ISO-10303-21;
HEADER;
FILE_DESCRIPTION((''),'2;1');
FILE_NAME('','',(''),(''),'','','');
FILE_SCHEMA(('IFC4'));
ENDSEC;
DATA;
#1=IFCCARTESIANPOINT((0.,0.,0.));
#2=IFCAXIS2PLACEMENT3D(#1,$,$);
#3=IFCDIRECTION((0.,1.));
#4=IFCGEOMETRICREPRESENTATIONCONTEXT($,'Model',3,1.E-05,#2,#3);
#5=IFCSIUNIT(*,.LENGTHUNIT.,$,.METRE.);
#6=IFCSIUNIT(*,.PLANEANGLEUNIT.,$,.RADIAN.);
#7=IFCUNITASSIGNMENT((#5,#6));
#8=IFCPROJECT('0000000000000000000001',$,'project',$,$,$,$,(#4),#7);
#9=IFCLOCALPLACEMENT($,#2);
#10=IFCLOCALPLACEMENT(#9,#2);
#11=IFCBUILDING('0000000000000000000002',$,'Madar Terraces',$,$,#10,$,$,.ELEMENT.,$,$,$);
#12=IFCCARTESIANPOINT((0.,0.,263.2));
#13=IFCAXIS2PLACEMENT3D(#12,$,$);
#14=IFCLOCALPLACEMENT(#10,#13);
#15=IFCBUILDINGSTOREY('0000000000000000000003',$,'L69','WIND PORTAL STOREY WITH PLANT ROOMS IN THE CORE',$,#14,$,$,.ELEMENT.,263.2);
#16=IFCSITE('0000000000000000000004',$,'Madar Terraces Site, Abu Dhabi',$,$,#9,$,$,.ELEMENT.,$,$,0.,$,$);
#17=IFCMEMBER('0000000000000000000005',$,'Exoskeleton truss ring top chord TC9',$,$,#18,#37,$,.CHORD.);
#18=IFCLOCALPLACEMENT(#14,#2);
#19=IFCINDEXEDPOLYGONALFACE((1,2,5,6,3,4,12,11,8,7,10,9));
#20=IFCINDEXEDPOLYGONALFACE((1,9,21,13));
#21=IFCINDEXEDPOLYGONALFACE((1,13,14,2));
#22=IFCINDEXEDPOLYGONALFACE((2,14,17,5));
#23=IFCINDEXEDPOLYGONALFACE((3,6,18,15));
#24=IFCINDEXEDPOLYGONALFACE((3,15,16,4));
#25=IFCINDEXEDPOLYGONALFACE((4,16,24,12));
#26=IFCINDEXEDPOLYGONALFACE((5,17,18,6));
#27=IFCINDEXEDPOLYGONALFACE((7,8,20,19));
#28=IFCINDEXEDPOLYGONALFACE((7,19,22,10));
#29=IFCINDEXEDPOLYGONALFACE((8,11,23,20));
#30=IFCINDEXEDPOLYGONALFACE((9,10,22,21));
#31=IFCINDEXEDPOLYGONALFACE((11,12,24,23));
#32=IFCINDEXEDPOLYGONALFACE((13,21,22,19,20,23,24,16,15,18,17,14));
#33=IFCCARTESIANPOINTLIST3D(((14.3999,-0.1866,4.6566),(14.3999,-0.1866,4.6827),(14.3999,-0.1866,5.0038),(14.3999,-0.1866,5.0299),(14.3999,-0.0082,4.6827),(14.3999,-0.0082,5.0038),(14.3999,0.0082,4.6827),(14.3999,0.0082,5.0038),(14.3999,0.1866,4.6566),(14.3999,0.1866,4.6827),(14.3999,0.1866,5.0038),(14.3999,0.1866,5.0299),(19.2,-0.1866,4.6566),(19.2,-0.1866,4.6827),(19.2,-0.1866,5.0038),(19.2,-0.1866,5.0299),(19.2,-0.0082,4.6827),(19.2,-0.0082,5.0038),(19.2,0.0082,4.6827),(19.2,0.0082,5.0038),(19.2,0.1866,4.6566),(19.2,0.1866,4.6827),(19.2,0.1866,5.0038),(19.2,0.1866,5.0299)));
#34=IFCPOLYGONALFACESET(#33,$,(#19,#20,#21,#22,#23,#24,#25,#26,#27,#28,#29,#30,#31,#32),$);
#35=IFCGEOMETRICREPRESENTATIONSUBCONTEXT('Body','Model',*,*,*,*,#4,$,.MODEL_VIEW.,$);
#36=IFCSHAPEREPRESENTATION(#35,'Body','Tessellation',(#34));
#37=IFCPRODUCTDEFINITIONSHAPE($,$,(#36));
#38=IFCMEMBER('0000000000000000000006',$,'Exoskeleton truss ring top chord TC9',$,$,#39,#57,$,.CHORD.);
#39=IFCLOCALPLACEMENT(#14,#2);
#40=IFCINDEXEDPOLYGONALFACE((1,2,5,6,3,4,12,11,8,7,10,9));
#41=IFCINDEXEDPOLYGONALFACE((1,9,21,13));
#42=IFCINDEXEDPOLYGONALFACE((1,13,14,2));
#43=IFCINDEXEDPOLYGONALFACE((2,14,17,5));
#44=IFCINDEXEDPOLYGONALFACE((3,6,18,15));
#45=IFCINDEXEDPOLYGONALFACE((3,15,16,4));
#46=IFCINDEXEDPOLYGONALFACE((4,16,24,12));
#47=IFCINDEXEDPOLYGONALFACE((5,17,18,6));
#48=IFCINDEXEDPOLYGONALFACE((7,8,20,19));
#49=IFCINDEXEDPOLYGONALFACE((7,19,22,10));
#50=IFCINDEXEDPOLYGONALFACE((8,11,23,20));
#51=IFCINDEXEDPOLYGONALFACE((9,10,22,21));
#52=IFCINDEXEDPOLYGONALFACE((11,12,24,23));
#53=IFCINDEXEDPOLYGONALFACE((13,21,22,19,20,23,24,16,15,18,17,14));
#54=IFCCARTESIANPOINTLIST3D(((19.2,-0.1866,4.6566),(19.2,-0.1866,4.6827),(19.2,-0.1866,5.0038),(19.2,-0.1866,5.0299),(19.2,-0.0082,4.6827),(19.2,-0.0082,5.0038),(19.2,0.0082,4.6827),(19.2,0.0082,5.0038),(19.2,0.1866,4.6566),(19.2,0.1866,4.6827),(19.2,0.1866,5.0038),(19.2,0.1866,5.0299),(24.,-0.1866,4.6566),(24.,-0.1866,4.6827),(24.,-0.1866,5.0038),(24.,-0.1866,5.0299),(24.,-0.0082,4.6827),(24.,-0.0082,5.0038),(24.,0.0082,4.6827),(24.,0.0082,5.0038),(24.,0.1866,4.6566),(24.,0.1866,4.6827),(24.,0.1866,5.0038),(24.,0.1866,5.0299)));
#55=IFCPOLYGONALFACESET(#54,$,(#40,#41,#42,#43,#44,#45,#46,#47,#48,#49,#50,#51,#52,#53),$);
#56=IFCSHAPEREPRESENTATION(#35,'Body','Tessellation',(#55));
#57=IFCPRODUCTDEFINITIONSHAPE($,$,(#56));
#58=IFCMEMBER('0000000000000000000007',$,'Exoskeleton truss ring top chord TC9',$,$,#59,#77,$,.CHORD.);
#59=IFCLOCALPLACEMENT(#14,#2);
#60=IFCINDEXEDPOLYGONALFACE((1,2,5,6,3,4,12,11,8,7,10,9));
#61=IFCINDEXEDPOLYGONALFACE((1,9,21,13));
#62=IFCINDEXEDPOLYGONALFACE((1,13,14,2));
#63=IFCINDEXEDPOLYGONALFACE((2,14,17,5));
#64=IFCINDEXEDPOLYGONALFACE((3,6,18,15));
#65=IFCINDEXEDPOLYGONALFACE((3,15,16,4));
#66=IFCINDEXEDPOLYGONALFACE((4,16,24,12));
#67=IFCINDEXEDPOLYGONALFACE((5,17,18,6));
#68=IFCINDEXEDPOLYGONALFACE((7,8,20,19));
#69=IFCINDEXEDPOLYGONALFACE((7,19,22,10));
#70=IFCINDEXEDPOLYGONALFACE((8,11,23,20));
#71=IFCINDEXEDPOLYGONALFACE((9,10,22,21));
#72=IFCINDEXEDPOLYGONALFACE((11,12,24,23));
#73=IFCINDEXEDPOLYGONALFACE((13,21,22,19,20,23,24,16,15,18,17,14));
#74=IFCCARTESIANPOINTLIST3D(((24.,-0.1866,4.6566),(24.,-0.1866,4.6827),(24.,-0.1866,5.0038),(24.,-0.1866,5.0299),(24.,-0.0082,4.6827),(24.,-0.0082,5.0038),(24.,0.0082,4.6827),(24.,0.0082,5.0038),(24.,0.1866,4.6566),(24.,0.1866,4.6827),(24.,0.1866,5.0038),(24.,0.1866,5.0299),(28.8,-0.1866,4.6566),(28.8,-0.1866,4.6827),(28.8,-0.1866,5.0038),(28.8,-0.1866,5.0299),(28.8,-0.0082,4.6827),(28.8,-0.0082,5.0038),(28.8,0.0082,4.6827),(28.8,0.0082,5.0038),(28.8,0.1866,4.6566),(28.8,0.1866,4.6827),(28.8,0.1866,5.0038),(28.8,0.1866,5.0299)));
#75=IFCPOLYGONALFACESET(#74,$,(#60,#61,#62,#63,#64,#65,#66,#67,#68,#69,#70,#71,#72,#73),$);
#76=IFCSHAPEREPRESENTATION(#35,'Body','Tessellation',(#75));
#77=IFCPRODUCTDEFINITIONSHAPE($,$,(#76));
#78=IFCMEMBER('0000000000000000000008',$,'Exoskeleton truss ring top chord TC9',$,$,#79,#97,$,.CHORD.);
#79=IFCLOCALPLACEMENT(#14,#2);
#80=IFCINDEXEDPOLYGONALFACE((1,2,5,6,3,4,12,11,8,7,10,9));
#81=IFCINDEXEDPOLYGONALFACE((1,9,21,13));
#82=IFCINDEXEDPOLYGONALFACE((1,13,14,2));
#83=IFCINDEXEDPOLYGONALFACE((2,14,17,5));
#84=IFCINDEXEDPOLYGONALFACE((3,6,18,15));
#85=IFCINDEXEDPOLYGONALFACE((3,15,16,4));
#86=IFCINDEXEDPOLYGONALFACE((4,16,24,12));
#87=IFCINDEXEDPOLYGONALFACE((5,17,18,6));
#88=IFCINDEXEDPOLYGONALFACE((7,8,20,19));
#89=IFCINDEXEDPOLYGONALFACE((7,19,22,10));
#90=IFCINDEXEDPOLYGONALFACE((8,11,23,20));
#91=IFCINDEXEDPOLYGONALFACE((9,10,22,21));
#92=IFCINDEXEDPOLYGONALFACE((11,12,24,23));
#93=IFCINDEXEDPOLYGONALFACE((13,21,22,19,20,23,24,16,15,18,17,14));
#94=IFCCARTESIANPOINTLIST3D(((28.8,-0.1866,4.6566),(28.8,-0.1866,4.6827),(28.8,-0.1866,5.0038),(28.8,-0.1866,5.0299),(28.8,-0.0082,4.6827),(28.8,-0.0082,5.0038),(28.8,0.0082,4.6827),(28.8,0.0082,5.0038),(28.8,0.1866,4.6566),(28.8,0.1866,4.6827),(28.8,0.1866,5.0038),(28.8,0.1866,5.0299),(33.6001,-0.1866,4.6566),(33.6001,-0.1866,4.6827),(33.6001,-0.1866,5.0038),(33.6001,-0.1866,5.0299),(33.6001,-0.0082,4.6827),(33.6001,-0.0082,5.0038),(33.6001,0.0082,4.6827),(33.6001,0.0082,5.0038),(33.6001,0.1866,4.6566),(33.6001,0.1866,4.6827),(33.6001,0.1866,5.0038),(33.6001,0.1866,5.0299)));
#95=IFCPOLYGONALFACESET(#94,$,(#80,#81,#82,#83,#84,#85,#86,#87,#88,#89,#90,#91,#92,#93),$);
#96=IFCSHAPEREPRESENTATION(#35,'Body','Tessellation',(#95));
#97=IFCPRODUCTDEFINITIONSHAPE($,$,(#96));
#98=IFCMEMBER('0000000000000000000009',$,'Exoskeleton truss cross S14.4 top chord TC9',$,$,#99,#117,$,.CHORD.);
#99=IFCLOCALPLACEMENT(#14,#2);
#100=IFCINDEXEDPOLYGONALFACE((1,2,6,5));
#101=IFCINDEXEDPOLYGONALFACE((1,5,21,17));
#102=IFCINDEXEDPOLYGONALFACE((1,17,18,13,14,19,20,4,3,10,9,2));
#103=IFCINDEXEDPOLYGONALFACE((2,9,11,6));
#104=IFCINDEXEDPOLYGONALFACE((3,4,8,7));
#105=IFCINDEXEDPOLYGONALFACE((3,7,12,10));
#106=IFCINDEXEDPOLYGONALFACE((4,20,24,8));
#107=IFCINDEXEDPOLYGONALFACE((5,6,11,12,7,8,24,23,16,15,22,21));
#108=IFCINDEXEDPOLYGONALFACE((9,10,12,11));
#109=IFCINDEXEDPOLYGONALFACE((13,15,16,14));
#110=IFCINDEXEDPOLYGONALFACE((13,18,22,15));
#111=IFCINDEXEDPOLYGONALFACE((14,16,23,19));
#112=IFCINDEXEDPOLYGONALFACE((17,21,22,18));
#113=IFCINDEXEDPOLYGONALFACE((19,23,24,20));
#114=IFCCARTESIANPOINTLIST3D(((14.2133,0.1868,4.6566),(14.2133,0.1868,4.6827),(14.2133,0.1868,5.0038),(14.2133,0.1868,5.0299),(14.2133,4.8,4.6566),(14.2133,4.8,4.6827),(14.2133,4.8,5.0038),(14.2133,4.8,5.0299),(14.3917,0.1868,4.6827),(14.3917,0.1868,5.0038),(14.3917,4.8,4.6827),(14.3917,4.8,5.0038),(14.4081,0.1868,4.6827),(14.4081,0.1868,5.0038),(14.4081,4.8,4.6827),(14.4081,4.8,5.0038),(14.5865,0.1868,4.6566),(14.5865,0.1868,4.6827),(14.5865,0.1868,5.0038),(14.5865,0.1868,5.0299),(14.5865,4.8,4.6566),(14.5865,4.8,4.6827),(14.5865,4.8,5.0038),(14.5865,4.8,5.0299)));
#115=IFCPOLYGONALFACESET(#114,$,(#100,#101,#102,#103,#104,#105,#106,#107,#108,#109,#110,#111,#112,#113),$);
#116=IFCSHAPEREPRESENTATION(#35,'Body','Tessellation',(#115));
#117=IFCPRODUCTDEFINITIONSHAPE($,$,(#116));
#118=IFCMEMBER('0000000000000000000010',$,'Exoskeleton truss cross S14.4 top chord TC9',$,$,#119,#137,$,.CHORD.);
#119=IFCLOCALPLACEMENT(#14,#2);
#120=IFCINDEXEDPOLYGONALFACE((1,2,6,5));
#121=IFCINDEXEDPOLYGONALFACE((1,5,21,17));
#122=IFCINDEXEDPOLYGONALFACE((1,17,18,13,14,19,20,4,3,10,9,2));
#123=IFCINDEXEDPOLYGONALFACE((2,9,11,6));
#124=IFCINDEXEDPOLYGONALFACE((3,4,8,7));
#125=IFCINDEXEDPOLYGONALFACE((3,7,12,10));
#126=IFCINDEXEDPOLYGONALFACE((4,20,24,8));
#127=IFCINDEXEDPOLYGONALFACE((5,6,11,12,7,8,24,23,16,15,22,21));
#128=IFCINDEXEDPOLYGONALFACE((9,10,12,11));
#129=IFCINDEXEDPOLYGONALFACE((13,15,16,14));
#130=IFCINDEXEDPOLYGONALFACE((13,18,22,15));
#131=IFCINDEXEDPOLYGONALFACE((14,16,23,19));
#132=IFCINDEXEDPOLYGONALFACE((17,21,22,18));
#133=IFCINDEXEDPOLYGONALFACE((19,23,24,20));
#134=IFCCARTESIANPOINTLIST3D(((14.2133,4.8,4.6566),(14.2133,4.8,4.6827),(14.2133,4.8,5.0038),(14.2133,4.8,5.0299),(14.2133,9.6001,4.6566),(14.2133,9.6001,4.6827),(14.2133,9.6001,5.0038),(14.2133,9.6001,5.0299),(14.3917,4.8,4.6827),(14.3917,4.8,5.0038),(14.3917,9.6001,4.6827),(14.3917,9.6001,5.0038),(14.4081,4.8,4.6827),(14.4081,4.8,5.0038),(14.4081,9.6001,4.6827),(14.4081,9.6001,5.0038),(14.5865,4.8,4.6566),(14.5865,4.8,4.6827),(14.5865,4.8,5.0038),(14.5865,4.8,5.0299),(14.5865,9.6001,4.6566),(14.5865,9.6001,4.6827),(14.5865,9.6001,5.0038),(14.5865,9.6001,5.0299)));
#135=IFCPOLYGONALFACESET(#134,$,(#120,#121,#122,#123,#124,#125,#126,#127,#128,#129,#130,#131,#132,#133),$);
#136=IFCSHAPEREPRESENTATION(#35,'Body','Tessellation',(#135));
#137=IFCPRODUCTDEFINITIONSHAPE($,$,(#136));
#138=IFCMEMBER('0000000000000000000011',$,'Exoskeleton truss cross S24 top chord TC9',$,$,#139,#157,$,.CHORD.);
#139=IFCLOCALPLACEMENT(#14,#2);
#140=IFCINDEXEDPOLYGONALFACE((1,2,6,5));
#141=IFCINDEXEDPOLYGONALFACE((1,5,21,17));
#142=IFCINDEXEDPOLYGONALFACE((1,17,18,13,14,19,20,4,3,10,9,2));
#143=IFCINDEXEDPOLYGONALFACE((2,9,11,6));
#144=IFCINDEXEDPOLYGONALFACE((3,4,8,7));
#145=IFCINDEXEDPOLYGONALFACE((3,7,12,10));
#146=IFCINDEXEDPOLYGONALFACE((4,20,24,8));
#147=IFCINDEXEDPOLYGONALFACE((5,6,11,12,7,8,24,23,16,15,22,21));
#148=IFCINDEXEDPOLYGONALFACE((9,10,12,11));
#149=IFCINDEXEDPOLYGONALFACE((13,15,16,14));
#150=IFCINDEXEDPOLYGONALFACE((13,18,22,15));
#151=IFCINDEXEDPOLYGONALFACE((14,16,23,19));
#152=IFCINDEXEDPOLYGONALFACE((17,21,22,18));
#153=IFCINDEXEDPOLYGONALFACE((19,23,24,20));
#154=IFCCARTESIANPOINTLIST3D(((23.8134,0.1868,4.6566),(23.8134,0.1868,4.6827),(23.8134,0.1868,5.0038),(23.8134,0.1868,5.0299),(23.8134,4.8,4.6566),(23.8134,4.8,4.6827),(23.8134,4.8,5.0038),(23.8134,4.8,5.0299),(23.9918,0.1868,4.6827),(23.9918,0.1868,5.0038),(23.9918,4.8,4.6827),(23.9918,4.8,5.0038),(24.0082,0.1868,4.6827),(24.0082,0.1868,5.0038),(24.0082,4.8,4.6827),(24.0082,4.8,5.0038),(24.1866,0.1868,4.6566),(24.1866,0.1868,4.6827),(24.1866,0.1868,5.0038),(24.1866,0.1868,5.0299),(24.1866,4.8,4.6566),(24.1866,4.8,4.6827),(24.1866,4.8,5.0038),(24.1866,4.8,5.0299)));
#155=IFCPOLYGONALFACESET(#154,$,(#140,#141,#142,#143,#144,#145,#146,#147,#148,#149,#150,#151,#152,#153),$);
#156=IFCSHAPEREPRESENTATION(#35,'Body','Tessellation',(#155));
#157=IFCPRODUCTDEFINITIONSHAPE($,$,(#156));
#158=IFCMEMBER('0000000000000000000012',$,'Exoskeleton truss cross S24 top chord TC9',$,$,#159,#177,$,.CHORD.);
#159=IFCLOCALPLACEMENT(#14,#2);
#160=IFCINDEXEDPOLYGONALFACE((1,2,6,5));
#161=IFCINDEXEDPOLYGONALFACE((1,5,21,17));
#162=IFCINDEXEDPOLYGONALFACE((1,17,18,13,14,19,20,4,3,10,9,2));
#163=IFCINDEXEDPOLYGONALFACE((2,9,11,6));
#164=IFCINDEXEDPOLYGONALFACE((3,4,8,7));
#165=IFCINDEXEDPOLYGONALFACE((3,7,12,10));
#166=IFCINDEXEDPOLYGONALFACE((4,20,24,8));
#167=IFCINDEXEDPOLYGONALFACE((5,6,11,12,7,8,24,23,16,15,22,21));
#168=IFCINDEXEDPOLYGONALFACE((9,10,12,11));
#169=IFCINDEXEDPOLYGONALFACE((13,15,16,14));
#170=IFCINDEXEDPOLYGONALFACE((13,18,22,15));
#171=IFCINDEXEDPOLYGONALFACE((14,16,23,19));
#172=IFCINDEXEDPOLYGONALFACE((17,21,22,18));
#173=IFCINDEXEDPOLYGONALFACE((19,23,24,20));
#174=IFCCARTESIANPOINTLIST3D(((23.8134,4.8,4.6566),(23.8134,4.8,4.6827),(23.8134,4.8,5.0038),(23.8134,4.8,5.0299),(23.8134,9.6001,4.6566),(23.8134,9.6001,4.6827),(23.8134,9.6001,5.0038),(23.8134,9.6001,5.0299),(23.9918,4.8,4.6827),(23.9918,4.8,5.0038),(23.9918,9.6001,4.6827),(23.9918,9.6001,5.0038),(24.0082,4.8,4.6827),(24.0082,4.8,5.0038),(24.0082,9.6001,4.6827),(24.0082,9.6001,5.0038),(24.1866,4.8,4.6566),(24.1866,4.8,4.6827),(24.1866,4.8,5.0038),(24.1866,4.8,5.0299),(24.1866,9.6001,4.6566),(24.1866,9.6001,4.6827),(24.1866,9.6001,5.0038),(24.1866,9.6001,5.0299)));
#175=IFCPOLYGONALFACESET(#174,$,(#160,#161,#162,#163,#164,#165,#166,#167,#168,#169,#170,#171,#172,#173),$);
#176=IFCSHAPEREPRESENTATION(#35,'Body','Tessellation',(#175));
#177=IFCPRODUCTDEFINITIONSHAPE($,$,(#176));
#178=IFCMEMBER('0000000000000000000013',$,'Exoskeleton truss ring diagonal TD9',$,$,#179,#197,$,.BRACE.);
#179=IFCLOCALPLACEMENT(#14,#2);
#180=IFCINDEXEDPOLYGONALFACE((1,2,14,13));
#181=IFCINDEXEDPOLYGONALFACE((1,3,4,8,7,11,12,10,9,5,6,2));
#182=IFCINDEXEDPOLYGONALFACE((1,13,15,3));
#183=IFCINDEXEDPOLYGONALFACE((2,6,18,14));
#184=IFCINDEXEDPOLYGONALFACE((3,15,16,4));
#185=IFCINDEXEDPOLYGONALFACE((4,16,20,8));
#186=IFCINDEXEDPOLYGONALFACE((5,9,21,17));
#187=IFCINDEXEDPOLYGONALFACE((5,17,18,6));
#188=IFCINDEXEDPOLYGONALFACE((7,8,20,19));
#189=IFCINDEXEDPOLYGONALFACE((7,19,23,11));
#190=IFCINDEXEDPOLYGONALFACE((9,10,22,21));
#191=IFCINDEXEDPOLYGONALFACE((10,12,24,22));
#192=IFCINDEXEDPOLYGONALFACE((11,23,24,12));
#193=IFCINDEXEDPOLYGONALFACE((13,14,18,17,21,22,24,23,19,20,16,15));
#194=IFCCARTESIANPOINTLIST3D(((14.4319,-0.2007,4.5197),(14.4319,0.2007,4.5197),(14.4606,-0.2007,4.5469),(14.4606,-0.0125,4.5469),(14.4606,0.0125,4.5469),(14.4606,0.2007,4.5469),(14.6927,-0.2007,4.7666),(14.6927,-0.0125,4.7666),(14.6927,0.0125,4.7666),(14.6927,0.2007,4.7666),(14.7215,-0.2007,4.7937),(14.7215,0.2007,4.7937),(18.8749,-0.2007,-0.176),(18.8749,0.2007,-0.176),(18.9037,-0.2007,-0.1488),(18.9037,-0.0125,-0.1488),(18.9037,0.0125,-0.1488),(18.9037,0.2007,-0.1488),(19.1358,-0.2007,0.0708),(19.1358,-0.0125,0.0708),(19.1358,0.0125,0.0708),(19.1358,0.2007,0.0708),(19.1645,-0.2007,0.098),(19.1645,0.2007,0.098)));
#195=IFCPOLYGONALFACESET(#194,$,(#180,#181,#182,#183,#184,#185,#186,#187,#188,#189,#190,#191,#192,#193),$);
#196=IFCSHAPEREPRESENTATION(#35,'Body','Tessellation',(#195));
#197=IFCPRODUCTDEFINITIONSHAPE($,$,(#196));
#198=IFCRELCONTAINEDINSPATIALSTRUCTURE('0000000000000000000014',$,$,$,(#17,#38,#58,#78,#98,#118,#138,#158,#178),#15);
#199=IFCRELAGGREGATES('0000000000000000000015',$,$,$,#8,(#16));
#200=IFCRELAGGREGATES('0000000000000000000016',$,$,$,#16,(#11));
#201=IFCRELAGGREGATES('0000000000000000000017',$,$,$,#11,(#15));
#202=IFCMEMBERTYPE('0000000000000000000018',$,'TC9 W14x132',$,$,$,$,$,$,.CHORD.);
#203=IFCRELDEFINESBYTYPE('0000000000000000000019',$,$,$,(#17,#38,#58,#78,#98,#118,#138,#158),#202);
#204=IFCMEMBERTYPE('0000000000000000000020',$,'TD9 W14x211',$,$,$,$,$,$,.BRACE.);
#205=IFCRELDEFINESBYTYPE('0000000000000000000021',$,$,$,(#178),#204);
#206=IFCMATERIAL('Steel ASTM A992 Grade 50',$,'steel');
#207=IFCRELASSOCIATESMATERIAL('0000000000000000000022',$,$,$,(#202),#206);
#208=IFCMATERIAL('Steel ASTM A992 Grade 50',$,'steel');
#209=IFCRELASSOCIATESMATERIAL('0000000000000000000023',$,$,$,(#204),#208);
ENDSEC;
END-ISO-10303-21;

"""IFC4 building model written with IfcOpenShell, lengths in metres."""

from ifc_helpers import new_model, si_unit, direction, frame, origin, origin_2d, place, context, subcontext, project, spatial, i_section, extrude, material, material_profile, profile_set, type_object, element, save


model = new_model("IFC4")

# Units and contexts
model_context = context("Model", 3, precision=1e-05, world=origin(), true_north=direction((0.0, 1.0)))
body_context = subcontext(model_context, "Body", "Model", "MODEL_VIEW")
ifc_project = project(units=[si_unit("LENGTHUNIT", "METRE"), si_unit("PLANEANGLEUNIT", "RADIAN")], contexts=[model_context])

# Site, building, storey
site_placement = place(None, origin())
site = spatial("IfcSite", under=ifc_project, at=site_placement, Name="Madar Terraces Site, Abu Dhabi", CompositionType="ELEMENT", RefElevation=0.0)
building_placement = place(site_placement, origin())
building = spatial("IfcBuilding", under=site, at=building_placement, Name="Madar Terraces", CompositionType="ELEMENT")
storey_placement = place(building_placement, frame((0.0, 0.0, 263.2)))
storey = spatial("IfcBuildingStorey", under=building, at=storey_placement, Name="L69", Description="WIND PORTAL STOREY WITH PLANT ROOMS IN THE CORE", CompositionType="ELEMENT", Elevation=263.2)

# Members
ifc_material_1 = material(Name="Steel ASTM A992 Grade 50", Category="steel")
ifc_material_profile_1 = material_profile(ifc_material_1, i_section(OverallWidth=0.3733, OverallDepth=0.3733, WebThickness=0.0164, FlangeThickness=0.0261, at=origin_2d()), Name="W14x132")
ifc_profile_set_1 = profile_set([ifc_material_profile_1], Name="Steel ASTM A992 Grade 50")
member_type_1 = type_object("IfcMemberType", Name="TC9 W14x132", PredefinedType="CHORD", material=ifc_profile_set_1)
for number, where, z_axis, x_axis, name in (
    (1, (14.3999, 0.0, 4.8433), (1.0, 0.0, 0.0), (0.0, 1.0, 0.0), "Exoskeleton truss ring top chord TC9"),
    (2, (19.2, 0.0, 4.8433), (1.0, 0.0, 0.0), (0.0, 1.0, 0.0), "Exoskeleton truss ring top chord TC9"),
    (3, (24.0, 0.0, 4.8433), (1.0, 0.0, 0.0), (0.0, 1.0, 0.0), "Exoskeleton truss ring top chord TC9"),
    (4, (28.8, 0.0, 4.8433), (1.0, 0.0, 0.0), (0.0, 1.0, 0.0), "Exoskeleton truss ring top chord TC9"),
):
    element("IfcMember", number, at=place(storey_placement, frame(where, z_axis=z_axis, x_axis=x_axis)), inside=storey, type_object=member_type_1, Name=name, PredefinedType="CHORD", context=body_context, shape_type="SweptSolid", body=[
        extrude(i_section(OverallWidth=0.3733, OverallDepth=0.3733, WebThickness=0.0164, FlangeThickness=0.0261, at=origin_2d()), origin(), (0.0, 0.0, 1.0), 4.8),
    ])
member_1_placement = place(storey_placement, frame((14.3999, 0.1868, 4.8433), z_axis=(0.0, 1.0, 0.0), x_axis=(-1.0, 0.0, 0.0)))
element("IfcMember", 5, at=member_1_placement, inside=storey, type_object=member_type_1, Name="Exoskeleton truss cross S14.4 top chord TC9", PredefinedType="CHORD", context=body_context, shape_type="SweptSolid", body=[
    extrude(i_section(OverallWidth=0.3733, OverallDepth=0.3733, WebThickness=0.0164, FlangeThickness=0.0261, at=origin_2d()), origin(), (0.0, 0.0, 1.0), 4.6133),
])
member_2_placement = place(storey_placement, frame((14.3999, 4.8, 4.8433), z_axis=(0.0, 1.0, 0.0), x_axis=(-1.0, 0.0, 0.0)))
element("IfcMember", 6, at=member_2_placement, inside=storey, type_object=member_type_1, Name="Exoskeleton truss cross S14.4 top chord TC9", PredefinedType="CHORD", context=body_context, shape_type="SweptSolid", body=[
    extrude(i_section(OverallWidth=0.3733, OverallDepth=0.3733, WebThickness=0.0164, FlangeThickness=0.0261, at=origin_2d()), origin(), (0.0, 0.0, 1.0), 4.8),
])
member_3_placement = place(storey_placement, frame((24.0, 0.1868, 4.8433), z_axis=(0.0, 1.0, 0.0), x_axis=(-1.0, 0.0, 0.0)))
element("IfcMember", 7, at=member_3_placement, inside=storey, type_object=member_type_1, Name="Exoskeleton truss cross S24 top chord TC9", PredefinedType="CHORD", context=body_context, shape_type="SweptSolid", body=[
    extrude(i_section(OverallWidth=0.3733, OverallDepth=0.3733, WebThickness=0.0164, FlangeThickness=0.0261, at=origin_2d()), origin(), (0.0, 0.0, 1.0), 4.6133),
])
member_4_placement = place(storey_placement, frame((24.0, 4.8, 4.8433), z_axis=(0.0, 1.0, 0.0), x_axis=(-1.0, 0.0, 0.0)))
element("IfcMember", 8, at=member_4_placement, inside=storey, type_object=member_type_1, Name="Exoskeleton truss cross S24 top chord TC9", PredefinedType="CHORD", context=body_context, shape_type="SweptSolid", body=[
    extrude(i_section(OverallWidth=0.3733, OverallDepth=0.3733, WebThickness=0.0164, FlangeThickness=0.0261, at=origin_2d()), origin(), (0.0, 0.0, 1.0), 4.8),
])
ifc_material_2 = material(Name="Steel ASTM A992 Grade 50", Category="steel")
ifc_material_profile_2 = material_profile(ifc_material_2, i_section(OverallWidth=0.4014, OverallDepth=0.3987, WebThickness=0.0249, FlangeThickness=0.0396, at=origin_2d()), Name="W14x211")
ifc_profile_set_2 = profile_set([ifc_material_profile_2], Name="Steel ASTM A992 Grade 50")
member_type_2 = type_object("IfcMemberType", Name="TD9 W14x211", PredefinedType="BRACE", material=ifc_profile_set_2)
for number, where, z_axis, x_axis, name in (
    (9, (14.5767, 0.0, 4.6567), (0.687293, 0.0, -0.72638), (0.0, 1.0, 0.0), "Exoskeleton truss ring diagonal TD9"),
):
    element("IfcMember", number, at=place(storey_placement, frame(where, z_axis=z_axis, x_axis=x_axis)), inside=storey, type_object=member_type_2, Name=name, PredefinedType="BRACE", context=body_context, shape_type="SweptSolid", body=[
        extrude(i_section(OverallWidth=0.4014, OverallDepth=0.3987, WebThickness=0.0249, FlangeThickness=0.0396, at=origin_2d()), origin(), (0.0, 0.0, 1.0), 6.4646),
    ])

save(model, "model.ifc")
